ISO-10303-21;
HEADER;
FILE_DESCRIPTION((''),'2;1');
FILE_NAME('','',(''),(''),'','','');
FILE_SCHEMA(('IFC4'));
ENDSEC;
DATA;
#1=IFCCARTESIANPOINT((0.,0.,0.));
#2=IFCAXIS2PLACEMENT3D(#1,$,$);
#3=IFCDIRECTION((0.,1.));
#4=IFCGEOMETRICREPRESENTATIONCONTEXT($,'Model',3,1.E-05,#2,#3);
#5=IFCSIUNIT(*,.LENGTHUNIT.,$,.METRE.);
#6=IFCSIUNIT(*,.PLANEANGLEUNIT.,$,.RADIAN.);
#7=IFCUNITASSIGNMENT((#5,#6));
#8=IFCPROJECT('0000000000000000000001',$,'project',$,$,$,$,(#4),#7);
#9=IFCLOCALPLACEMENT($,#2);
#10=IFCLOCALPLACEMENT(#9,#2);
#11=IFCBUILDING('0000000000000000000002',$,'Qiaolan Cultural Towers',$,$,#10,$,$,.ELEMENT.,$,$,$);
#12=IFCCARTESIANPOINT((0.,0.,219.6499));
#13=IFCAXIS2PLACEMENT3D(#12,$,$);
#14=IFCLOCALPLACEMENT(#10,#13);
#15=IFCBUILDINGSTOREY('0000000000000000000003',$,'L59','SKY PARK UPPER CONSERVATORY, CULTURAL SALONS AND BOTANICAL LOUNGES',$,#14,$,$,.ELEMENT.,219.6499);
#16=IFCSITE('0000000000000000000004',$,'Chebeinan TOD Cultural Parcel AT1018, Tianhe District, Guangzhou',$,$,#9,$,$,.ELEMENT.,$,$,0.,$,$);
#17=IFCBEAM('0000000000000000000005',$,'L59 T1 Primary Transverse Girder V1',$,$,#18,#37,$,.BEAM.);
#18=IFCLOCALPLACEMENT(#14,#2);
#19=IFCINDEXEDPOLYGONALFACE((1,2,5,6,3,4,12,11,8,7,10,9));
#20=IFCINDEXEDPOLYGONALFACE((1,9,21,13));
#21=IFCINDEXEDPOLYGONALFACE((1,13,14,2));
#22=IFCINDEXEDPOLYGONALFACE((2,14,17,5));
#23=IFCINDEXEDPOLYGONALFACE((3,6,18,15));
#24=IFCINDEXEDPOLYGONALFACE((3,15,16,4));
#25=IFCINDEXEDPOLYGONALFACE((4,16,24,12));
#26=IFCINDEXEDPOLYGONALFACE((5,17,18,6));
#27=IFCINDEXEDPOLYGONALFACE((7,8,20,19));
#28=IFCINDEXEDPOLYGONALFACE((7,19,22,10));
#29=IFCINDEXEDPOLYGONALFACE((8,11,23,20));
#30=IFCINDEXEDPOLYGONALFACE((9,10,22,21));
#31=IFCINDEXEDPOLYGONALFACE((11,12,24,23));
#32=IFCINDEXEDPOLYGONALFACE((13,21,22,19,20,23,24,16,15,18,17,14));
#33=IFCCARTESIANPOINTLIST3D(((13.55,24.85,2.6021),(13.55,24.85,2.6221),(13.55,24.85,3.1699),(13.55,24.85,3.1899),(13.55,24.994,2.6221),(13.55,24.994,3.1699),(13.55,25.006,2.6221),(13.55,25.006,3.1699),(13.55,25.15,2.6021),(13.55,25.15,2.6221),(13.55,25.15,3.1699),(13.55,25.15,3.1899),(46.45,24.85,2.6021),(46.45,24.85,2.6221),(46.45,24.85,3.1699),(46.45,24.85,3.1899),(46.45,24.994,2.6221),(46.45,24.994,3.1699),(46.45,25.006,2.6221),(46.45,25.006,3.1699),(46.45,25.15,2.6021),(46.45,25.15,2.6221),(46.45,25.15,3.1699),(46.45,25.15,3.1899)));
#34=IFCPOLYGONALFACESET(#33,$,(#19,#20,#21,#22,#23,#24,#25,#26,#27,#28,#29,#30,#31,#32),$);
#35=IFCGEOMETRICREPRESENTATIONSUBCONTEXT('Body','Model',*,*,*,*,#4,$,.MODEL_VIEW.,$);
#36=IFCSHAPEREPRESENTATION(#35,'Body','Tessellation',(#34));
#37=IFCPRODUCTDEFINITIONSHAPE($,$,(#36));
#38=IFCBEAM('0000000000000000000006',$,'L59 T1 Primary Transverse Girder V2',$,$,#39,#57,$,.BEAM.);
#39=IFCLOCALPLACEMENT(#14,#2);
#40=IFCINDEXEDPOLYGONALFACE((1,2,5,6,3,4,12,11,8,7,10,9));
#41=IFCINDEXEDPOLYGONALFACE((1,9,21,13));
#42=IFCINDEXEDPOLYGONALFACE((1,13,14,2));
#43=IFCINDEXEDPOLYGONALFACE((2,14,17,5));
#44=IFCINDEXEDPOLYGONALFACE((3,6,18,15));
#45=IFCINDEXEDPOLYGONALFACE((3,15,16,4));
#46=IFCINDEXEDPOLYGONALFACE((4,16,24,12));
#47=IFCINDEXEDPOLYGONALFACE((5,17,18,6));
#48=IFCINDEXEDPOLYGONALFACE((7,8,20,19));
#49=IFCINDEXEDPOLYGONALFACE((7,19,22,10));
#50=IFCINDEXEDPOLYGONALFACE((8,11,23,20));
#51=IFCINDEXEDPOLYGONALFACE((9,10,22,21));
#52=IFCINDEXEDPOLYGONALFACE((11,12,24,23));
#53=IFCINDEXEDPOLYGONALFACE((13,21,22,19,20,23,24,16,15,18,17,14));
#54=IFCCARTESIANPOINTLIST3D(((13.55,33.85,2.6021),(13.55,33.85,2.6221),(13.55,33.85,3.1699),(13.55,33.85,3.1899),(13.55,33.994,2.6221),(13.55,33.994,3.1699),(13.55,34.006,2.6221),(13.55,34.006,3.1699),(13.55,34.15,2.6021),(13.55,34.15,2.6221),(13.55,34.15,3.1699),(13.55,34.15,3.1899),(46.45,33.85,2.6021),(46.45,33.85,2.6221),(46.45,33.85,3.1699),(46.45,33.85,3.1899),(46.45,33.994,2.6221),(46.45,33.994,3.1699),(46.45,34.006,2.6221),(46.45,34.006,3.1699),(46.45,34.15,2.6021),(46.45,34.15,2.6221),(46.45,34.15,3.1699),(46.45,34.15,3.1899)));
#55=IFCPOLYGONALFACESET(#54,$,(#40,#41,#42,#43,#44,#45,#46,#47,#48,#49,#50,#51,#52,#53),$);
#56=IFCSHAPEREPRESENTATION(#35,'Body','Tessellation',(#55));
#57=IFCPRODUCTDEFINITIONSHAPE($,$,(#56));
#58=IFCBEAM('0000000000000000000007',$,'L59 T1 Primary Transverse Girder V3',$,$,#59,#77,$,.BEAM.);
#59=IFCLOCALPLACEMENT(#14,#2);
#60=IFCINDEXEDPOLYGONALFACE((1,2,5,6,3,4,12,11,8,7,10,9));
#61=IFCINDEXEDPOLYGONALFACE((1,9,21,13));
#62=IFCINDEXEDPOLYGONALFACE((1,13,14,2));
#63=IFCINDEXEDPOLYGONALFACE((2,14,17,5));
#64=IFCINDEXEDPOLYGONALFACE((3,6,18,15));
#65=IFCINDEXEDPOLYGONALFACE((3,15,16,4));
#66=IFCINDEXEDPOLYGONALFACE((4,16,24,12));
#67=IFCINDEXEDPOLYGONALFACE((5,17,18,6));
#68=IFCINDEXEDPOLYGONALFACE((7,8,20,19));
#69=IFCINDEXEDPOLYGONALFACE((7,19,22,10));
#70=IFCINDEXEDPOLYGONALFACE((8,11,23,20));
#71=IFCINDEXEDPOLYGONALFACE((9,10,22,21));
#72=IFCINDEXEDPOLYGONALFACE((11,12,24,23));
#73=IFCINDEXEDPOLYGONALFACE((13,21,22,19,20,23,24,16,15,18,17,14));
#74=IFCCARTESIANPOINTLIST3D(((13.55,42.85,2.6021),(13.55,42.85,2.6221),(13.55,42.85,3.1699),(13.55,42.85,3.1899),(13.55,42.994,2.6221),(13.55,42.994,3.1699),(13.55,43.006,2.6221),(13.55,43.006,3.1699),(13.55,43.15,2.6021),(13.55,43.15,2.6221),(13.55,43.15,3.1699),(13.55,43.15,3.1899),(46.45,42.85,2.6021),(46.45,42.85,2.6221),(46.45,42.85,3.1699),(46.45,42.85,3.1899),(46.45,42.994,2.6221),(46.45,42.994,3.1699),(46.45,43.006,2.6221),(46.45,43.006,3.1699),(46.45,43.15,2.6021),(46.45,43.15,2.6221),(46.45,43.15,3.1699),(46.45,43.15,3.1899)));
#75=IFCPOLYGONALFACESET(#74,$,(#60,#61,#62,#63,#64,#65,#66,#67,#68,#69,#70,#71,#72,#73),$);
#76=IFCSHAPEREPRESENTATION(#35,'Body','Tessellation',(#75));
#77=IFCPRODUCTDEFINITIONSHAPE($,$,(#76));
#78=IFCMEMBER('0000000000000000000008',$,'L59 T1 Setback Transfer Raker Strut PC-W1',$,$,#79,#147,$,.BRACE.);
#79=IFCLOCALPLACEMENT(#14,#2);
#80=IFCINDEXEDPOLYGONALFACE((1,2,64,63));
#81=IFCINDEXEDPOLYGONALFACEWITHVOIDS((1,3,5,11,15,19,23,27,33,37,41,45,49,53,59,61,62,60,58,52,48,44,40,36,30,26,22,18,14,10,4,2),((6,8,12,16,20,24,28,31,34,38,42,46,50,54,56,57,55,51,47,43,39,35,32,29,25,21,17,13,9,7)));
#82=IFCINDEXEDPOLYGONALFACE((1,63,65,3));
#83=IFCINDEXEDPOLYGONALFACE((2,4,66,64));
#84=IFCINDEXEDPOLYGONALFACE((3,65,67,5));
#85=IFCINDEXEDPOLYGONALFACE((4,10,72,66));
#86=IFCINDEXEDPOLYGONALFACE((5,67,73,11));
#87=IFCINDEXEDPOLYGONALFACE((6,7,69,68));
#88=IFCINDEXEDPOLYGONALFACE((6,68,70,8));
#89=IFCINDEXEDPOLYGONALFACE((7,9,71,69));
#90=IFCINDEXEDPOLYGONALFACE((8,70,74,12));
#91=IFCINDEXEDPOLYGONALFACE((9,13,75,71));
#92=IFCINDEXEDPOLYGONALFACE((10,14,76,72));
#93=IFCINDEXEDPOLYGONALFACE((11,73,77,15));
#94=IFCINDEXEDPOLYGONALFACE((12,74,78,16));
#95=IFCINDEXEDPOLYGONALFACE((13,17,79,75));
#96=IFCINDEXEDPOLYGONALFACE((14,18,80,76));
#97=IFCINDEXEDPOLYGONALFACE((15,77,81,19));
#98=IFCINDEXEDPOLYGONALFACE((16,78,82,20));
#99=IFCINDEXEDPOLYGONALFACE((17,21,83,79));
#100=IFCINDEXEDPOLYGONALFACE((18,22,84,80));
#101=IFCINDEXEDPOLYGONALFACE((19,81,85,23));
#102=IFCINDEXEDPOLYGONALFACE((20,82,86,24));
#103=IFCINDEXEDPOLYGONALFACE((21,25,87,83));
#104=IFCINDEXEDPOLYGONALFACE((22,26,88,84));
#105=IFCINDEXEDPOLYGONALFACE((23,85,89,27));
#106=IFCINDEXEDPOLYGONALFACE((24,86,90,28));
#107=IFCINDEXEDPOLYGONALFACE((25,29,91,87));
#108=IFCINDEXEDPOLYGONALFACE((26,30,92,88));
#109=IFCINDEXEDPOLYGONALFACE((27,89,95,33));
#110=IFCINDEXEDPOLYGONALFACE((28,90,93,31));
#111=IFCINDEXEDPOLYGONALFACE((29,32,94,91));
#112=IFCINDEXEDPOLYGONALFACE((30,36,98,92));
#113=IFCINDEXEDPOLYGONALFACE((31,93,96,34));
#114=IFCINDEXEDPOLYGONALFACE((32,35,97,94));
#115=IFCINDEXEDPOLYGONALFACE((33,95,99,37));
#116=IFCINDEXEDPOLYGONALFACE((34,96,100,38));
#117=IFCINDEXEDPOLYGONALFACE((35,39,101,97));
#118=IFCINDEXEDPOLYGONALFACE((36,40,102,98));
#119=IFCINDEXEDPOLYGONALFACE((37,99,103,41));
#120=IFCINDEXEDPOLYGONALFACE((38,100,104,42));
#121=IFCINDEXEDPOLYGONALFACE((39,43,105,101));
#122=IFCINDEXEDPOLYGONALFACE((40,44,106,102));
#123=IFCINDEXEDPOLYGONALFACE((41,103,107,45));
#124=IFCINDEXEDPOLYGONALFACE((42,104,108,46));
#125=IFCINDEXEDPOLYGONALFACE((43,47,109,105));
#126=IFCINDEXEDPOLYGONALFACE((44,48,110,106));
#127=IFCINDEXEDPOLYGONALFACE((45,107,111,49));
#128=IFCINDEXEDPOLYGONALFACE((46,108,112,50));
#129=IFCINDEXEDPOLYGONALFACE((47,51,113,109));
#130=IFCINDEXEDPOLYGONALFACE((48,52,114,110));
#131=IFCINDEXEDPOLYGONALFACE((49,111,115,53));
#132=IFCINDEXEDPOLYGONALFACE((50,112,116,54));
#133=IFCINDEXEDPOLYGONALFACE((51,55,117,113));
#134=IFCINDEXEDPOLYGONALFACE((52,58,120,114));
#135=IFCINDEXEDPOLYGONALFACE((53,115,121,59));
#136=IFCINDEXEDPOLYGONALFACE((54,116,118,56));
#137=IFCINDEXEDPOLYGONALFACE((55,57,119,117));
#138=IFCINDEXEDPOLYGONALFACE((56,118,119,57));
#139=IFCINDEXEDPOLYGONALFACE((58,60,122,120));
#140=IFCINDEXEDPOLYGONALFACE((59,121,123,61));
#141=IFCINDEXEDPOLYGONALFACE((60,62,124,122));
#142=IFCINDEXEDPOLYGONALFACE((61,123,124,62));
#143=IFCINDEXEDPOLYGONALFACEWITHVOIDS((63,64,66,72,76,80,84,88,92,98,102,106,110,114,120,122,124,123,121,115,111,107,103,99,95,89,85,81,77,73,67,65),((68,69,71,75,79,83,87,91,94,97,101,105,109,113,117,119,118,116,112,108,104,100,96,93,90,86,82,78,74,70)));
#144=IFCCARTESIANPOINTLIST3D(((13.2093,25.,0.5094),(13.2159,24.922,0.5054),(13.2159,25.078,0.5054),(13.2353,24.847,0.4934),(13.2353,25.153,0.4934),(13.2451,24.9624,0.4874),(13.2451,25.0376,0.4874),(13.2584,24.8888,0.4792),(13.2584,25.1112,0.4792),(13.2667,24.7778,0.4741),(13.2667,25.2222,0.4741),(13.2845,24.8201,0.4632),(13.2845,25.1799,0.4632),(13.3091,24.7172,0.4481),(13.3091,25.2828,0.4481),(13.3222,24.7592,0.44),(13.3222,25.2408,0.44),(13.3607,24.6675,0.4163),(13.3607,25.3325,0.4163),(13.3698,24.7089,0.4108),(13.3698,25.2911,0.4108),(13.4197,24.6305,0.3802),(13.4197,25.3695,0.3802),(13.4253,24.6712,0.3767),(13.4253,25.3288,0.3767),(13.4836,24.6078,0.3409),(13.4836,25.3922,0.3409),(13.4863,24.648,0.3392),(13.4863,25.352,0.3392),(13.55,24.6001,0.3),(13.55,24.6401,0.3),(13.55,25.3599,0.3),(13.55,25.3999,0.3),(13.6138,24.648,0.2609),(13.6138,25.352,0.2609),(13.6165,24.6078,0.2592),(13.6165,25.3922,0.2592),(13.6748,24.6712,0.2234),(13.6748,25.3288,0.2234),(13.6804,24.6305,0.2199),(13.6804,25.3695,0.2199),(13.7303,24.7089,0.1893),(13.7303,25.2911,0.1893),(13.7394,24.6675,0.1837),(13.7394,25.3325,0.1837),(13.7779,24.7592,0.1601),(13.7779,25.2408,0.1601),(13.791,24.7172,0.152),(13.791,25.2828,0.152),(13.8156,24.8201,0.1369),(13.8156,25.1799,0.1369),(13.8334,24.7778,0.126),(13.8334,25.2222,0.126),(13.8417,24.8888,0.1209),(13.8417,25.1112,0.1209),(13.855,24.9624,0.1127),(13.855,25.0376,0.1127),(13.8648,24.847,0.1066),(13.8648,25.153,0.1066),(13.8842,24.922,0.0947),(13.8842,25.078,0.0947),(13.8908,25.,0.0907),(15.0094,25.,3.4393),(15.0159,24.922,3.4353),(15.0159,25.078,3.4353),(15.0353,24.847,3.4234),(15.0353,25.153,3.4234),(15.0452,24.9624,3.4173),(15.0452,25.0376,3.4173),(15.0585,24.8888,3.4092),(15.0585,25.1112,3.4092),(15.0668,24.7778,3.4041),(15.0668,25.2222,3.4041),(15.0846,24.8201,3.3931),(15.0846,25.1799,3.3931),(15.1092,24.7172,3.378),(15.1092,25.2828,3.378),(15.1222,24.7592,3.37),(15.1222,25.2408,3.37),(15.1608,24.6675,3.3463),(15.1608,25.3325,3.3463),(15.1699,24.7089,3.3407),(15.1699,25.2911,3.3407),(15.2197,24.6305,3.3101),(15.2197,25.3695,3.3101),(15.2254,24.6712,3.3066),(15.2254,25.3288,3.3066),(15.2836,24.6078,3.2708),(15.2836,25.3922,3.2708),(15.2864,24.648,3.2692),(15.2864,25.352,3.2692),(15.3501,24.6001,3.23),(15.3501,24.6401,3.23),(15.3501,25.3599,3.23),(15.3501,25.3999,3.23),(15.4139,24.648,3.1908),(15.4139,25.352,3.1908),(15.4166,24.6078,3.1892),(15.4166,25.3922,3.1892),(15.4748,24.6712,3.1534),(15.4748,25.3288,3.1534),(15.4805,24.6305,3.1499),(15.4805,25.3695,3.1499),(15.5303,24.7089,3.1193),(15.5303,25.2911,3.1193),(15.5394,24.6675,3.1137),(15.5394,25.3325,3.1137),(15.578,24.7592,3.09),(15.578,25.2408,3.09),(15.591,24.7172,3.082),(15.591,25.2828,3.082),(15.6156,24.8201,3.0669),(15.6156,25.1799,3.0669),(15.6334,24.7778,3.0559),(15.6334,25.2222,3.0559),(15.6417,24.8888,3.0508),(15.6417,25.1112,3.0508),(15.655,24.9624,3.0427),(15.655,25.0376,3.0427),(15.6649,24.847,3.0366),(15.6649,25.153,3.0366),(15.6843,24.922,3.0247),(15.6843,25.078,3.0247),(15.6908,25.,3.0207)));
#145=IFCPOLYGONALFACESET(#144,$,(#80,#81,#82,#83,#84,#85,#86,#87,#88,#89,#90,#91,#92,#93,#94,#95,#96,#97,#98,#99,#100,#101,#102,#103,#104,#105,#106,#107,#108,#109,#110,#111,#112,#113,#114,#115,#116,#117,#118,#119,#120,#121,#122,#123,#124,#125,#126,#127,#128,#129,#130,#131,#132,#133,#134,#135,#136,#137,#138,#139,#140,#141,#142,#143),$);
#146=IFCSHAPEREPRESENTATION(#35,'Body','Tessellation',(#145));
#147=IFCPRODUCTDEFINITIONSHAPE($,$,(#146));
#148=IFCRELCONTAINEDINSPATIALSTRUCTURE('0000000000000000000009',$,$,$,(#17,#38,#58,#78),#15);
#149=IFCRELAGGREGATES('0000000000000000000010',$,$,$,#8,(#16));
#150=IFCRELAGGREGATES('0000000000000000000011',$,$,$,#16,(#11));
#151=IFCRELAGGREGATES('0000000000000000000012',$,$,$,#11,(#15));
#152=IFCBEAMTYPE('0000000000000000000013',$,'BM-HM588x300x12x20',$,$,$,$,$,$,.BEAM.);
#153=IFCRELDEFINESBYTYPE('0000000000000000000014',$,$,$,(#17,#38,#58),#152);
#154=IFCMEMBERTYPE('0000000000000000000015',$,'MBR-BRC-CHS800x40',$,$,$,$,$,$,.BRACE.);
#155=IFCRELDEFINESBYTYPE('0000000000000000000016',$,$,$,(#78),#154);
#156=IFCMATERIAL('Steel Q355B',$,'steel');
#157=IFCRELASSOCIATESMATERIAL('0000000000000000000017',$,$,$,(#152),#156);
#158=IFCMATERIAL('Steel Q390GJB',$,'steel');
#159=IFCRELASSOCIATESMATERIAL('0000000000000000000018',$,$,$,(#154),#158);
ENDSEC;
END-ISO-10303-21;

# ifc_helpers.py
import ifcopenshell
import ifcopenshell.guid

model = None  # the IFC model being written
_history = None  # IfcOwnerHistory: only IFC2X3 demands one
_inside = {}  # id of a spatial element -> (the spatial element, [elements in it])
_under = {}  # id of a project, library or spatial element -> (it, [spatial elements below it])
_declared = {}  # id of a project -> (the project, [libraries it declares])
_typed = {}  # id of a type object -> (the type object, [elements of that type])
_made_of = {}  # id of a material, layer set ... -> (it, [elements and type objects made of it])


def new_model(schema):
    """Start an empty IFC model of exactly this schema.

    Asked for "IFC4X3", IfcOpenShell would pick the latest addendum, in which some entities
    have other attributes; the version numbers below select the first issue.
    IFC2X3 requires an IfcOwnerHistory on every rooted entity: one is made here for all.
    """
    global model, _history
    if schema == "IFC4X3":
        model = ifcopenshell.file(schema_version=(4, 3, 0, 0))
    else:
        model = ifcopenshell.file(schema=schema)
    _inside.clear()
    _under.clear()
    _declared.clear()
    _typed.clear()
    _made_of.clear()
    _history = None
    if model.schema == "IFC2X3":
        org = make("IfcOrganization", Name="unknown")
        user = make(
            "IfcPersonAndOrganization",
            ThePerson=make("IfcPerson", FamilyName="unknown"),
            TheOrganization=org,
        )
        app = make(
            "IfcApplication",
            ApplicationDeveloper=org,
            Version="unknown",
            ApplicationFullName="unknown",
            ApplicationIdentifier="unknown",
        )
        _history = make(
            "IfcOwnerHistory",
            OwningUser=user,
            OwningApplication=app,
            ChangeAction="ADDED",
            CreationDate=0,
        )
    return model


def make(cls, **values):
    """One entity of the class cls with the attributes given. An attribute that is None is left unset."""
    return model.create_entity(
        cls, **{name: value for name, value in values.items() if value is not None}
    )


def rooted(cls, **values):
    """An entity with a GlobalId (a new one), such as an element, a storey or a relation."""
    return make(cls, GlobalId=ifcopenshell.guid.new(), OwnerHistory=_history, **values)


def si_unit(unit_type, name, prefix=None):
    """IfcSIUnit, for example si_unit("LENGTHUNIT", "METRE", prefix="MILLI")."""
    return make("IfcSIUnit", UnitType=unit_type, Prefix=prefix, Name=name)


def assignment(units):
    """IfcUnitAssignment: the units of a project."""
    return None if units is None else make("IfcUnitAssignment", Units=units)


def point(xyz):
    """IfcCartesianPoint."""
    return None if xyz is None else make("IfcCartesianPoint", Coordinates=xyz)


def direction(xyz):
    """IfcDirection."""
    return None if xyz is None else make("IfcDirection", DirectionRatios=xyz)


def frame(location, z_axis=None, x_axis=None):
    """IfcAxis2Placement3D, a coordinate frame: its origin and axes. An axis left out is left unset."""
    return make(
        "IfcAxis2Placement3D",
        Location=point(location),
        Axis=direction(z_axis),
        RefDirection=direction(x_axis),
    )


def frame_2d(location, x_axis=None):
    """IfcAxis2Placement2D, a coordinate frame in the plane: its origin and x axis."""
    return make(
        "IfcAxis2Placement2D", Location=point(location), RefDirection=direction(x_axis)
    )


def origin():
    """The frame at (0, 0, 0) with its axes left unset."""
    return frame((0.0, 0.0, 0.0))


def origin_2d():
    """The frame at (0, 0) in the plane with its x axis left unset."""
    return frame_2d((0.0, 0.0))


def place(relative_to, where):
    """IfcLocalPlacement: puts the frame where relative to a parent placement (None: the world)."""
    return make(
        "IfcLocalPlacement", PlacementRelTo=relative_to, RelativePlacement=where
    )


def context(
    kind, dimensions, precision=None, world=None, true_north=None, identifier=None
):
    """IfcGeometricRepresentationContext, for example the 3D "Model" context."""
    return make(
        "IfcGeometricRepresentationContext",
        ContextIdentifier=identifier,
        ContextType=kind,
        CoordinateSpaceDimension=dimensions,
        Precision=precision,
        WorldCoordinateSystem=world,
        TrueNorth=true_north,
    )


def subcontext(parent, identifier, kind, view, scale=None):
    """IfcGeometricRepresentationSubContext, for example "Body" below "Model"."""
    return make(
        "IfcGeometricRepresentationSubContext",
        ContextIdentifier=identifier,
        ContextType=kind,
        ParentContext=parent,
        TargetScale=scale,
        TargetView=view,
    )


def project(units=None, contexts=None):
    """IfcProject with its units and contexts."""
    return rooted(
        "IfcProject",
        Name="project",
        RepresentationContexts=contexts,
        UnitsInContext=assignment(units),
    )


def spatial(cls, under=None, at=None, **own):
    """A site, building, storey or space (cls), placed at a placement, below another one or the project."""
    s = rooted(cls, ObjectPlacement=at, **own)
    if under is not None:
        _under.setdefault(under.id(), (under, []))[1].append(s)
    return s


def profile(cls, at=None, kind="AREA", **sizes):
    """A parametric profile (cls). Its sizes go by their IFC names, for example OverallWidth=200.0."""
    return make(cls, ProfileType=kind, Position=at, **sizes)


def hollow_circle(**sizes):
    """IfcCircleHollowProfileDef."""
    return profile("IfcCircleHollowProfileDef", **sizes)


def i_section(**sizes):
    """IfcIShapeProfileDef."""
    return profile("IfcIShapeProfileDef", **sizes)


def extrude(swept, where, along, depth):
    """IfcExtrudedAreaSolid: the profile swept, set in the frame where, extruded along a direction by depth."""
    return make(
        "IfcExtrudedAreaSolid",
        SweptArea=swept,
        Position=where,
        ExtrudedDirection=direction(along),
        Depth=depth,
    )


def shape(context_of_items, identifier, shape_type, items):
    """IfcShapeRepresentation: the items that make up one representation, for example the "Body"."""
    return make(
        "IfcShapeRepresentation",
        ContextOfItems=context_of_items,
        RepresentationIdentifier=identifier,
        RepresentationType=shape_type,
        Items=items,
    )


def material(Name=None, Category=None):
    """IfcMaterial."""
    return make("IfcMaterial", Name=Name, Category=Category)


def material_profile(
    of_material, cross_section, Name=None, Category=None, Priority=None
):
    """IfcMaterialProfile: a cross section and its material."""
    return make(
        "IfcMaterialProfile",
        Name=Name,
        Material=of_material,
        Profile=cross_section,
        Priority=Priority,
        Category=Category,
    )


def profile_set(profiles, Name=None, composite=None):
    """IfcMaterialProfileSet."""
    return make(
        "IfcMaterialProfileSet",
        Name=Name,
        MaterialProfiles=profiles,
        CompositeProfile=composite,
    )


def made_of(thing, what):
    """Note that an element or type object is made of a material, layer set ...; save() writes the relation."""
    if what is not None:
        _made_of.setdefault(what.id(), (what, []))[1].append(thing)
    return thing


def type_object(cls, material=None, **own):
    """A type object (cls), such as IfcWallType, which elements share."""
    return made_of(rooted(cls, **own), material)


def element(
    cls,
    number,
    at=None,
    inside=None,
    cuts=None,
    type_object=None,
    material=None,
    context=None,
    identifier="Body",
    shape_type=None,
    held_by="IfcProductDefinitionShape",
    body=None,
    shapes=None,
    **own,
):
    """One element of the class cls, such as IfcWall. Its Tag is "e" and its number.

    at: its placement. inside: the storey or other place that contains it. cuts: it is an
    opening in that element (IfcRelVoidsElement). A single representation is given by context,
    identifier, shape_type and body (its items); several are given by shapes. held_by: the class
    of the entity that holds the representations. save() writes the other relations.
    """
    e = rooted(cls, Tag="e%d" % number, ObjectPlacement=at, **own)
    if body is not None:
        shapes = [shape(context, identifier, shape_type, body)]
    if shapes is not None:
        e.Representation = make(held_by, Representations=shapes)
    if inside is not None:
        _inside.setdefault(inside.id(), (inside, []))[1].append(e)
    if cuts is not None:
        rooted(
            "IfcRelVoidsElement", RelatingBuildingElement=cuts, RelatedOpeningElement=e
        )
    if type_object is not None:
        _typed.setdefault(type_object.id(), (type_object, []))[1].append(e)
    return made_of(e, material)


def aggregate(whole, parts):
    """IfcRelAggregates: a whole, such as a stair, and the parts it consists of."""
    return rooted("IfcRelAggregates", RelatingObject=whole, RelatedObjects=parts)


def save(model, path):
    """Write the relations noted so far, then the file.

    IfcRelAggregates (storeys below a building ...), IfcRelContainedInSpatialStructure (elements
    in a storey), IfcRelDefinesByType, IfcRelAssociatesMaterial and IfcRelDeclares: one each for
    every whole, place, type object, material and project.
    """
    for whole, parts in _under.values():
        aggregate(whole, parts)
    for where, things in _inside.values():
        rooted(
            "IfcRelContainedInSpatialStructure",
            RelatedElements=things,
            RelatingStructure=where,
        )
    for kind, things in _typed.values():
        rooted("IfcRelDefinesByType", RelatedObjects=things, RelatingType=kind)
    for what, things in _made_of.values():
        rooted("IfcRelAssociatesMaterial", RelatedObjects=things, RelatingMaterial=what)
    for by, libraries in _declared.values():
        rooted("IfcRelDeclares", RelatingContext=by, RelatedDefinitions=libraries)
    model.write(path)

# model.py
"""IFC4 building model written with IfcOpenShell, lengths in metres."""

from ifc_helpers import new_model, si_unit, direction, frame, origin, origin_2d, place, context, subcontext, project, spatial, hollow_circle, i_section, extrude, material, material_profile, profile_set, type_object, element, save


model = new_model("IFC4")

# Units and contexts
model_context = context("Model", 3, precision=1e-05, world=origin(), true_north=direction((0.0, 1.0)))
body_context = subcontext(model_context, "Body", "Model", "MODEL_VIEW")
ifc_project = project(units=[si_unit("LENGTHUNIT", "METRE"), si_unit("PLANEANGLEUNIT", "RADIAN")], contexts=[model_context])

# Site, building, storey
site_placement = place(None, origin())
site = spatial("IfcSite", under=ifc_project, at=site_placement, Name="Chebeinan TOD Cultural Parcel AT1018, Tianhe District, Guangzhou", CompositionType="ELEMENT", RefElevation=0.0)
building_placement = place(site_placement, origin())
building = spatial("IfcBuilding", under=site, at=building_placement, Name="Qiaolan Cultural Towers", CompositionType="ELEMENT")
storey_placement = place(building_placement, frame((0.0, 0.0, 219.6499)))
storey = spatial("IfcBuildingStorey", under=building, at=storey_placement, Name="L59", Description="SKY PARK UPPER CONSERVATORY, CULTURAL SALONS AND BOTANICAL LOUNGES", CompositionType="ELEMENT", Elevation=219.6499)

# Beams
ifc_material_1 = material(Name="Steel Q355B", Category="steel")
ifc_material_profile_1 = material_profile(ifc_material_1, i_section(OverallWidth=0.3, OverallDepth=0.5879, WebThickness=0.012, FlangeThickness=0.02, at=origin_2d()), Name="HM588x300x12x20")
ifc_profile_set_1 = profile_set([ifc_material_profile_1], Name="Steel Q355B")
beam_type_1 = type_object("IfcBeamType", Name="BM-HM588x300x12x20", PredefinedType="BEAM", material=ifc_profile_set_1)
for number, where, z_axis, x_axis, name in (
    (1, (13.55, 25.0, 2.896), (1.0, 0.0, 0.0), (0.0, 1.0, 0.0), "L59 T1 Primary Transverse Girder V1"),
    (2, (13.55, 34.0, 2.896), (1.0, 0.0, 0.0), (0.0, 1.0, 0.0), "L59 T1 Primary Transverse Girder V2"),
    (3, (13.55, 43.0, 2.896), (1.0, 0.0, 0.0), (0.0, 1.0, 0.0), "L59 T1 Primary Transverse Girder V3"),
):
    element("IfcBeam", number, at=place(storey_placement, frame(where, z_axis=z_axis, x_axis=x_axis)), inside=storey, type_object=beam_type_1, Name=name, PredefinedType="BEAM", context=body_context, shape_type="SweptSolid", body=[
        extrude(i_section(OverallWidth=0.3, OverallDepth=0.5879, WebThickness=0.012, FlangeThickness=0.02, at=origin_2d()), origin(), (0.0, 0.0, 1.0), 32.8999),
    ])

# Member
ifc_material_2 = material(Name="Steel Q390GJB", Category="steel")
ifc_material_profile_2 = material_profile(ifc_material_2, hollow_circle(Radius=0.3999, WallThickness=0.04, at=origin_2d()), Name="CHS800x40")
ifc_profile_set_2 = profile_set([ifc_material_profile_2], Name="Steel Q390GJB")
member_type = type_object("IfcMemberType", Name="MBR-BRC-CHS800x40", PredefinedType="BRACE", material=ifc_profile_set_2)
for number, where, z_axis, x_axis, name in (
    (4, (13.55, 25.0, 0.3), (0.523467, 0.0, 0.852046), (0.0, 1.0, 0.0), "L59 T1 Setback Transfer Raker Strut PC-W1"),
):
    element("IfcMember", number, at=place(storey_placement, frame(where, z_axis=z_axis, x_axis=x_axis)), inside=storey, type_object=member_type, Name=name, PredefinedType="BRACE", context=body_context, shape_type="SweptSolid", body=[
        extrude(hollow_circle(Radius=0.3999, WallThickness=0.04, at=origin_2d()), origin(), (0.0, 0.0, 1.0), 3.4387),
    ])

save(model, "model.ifc")
